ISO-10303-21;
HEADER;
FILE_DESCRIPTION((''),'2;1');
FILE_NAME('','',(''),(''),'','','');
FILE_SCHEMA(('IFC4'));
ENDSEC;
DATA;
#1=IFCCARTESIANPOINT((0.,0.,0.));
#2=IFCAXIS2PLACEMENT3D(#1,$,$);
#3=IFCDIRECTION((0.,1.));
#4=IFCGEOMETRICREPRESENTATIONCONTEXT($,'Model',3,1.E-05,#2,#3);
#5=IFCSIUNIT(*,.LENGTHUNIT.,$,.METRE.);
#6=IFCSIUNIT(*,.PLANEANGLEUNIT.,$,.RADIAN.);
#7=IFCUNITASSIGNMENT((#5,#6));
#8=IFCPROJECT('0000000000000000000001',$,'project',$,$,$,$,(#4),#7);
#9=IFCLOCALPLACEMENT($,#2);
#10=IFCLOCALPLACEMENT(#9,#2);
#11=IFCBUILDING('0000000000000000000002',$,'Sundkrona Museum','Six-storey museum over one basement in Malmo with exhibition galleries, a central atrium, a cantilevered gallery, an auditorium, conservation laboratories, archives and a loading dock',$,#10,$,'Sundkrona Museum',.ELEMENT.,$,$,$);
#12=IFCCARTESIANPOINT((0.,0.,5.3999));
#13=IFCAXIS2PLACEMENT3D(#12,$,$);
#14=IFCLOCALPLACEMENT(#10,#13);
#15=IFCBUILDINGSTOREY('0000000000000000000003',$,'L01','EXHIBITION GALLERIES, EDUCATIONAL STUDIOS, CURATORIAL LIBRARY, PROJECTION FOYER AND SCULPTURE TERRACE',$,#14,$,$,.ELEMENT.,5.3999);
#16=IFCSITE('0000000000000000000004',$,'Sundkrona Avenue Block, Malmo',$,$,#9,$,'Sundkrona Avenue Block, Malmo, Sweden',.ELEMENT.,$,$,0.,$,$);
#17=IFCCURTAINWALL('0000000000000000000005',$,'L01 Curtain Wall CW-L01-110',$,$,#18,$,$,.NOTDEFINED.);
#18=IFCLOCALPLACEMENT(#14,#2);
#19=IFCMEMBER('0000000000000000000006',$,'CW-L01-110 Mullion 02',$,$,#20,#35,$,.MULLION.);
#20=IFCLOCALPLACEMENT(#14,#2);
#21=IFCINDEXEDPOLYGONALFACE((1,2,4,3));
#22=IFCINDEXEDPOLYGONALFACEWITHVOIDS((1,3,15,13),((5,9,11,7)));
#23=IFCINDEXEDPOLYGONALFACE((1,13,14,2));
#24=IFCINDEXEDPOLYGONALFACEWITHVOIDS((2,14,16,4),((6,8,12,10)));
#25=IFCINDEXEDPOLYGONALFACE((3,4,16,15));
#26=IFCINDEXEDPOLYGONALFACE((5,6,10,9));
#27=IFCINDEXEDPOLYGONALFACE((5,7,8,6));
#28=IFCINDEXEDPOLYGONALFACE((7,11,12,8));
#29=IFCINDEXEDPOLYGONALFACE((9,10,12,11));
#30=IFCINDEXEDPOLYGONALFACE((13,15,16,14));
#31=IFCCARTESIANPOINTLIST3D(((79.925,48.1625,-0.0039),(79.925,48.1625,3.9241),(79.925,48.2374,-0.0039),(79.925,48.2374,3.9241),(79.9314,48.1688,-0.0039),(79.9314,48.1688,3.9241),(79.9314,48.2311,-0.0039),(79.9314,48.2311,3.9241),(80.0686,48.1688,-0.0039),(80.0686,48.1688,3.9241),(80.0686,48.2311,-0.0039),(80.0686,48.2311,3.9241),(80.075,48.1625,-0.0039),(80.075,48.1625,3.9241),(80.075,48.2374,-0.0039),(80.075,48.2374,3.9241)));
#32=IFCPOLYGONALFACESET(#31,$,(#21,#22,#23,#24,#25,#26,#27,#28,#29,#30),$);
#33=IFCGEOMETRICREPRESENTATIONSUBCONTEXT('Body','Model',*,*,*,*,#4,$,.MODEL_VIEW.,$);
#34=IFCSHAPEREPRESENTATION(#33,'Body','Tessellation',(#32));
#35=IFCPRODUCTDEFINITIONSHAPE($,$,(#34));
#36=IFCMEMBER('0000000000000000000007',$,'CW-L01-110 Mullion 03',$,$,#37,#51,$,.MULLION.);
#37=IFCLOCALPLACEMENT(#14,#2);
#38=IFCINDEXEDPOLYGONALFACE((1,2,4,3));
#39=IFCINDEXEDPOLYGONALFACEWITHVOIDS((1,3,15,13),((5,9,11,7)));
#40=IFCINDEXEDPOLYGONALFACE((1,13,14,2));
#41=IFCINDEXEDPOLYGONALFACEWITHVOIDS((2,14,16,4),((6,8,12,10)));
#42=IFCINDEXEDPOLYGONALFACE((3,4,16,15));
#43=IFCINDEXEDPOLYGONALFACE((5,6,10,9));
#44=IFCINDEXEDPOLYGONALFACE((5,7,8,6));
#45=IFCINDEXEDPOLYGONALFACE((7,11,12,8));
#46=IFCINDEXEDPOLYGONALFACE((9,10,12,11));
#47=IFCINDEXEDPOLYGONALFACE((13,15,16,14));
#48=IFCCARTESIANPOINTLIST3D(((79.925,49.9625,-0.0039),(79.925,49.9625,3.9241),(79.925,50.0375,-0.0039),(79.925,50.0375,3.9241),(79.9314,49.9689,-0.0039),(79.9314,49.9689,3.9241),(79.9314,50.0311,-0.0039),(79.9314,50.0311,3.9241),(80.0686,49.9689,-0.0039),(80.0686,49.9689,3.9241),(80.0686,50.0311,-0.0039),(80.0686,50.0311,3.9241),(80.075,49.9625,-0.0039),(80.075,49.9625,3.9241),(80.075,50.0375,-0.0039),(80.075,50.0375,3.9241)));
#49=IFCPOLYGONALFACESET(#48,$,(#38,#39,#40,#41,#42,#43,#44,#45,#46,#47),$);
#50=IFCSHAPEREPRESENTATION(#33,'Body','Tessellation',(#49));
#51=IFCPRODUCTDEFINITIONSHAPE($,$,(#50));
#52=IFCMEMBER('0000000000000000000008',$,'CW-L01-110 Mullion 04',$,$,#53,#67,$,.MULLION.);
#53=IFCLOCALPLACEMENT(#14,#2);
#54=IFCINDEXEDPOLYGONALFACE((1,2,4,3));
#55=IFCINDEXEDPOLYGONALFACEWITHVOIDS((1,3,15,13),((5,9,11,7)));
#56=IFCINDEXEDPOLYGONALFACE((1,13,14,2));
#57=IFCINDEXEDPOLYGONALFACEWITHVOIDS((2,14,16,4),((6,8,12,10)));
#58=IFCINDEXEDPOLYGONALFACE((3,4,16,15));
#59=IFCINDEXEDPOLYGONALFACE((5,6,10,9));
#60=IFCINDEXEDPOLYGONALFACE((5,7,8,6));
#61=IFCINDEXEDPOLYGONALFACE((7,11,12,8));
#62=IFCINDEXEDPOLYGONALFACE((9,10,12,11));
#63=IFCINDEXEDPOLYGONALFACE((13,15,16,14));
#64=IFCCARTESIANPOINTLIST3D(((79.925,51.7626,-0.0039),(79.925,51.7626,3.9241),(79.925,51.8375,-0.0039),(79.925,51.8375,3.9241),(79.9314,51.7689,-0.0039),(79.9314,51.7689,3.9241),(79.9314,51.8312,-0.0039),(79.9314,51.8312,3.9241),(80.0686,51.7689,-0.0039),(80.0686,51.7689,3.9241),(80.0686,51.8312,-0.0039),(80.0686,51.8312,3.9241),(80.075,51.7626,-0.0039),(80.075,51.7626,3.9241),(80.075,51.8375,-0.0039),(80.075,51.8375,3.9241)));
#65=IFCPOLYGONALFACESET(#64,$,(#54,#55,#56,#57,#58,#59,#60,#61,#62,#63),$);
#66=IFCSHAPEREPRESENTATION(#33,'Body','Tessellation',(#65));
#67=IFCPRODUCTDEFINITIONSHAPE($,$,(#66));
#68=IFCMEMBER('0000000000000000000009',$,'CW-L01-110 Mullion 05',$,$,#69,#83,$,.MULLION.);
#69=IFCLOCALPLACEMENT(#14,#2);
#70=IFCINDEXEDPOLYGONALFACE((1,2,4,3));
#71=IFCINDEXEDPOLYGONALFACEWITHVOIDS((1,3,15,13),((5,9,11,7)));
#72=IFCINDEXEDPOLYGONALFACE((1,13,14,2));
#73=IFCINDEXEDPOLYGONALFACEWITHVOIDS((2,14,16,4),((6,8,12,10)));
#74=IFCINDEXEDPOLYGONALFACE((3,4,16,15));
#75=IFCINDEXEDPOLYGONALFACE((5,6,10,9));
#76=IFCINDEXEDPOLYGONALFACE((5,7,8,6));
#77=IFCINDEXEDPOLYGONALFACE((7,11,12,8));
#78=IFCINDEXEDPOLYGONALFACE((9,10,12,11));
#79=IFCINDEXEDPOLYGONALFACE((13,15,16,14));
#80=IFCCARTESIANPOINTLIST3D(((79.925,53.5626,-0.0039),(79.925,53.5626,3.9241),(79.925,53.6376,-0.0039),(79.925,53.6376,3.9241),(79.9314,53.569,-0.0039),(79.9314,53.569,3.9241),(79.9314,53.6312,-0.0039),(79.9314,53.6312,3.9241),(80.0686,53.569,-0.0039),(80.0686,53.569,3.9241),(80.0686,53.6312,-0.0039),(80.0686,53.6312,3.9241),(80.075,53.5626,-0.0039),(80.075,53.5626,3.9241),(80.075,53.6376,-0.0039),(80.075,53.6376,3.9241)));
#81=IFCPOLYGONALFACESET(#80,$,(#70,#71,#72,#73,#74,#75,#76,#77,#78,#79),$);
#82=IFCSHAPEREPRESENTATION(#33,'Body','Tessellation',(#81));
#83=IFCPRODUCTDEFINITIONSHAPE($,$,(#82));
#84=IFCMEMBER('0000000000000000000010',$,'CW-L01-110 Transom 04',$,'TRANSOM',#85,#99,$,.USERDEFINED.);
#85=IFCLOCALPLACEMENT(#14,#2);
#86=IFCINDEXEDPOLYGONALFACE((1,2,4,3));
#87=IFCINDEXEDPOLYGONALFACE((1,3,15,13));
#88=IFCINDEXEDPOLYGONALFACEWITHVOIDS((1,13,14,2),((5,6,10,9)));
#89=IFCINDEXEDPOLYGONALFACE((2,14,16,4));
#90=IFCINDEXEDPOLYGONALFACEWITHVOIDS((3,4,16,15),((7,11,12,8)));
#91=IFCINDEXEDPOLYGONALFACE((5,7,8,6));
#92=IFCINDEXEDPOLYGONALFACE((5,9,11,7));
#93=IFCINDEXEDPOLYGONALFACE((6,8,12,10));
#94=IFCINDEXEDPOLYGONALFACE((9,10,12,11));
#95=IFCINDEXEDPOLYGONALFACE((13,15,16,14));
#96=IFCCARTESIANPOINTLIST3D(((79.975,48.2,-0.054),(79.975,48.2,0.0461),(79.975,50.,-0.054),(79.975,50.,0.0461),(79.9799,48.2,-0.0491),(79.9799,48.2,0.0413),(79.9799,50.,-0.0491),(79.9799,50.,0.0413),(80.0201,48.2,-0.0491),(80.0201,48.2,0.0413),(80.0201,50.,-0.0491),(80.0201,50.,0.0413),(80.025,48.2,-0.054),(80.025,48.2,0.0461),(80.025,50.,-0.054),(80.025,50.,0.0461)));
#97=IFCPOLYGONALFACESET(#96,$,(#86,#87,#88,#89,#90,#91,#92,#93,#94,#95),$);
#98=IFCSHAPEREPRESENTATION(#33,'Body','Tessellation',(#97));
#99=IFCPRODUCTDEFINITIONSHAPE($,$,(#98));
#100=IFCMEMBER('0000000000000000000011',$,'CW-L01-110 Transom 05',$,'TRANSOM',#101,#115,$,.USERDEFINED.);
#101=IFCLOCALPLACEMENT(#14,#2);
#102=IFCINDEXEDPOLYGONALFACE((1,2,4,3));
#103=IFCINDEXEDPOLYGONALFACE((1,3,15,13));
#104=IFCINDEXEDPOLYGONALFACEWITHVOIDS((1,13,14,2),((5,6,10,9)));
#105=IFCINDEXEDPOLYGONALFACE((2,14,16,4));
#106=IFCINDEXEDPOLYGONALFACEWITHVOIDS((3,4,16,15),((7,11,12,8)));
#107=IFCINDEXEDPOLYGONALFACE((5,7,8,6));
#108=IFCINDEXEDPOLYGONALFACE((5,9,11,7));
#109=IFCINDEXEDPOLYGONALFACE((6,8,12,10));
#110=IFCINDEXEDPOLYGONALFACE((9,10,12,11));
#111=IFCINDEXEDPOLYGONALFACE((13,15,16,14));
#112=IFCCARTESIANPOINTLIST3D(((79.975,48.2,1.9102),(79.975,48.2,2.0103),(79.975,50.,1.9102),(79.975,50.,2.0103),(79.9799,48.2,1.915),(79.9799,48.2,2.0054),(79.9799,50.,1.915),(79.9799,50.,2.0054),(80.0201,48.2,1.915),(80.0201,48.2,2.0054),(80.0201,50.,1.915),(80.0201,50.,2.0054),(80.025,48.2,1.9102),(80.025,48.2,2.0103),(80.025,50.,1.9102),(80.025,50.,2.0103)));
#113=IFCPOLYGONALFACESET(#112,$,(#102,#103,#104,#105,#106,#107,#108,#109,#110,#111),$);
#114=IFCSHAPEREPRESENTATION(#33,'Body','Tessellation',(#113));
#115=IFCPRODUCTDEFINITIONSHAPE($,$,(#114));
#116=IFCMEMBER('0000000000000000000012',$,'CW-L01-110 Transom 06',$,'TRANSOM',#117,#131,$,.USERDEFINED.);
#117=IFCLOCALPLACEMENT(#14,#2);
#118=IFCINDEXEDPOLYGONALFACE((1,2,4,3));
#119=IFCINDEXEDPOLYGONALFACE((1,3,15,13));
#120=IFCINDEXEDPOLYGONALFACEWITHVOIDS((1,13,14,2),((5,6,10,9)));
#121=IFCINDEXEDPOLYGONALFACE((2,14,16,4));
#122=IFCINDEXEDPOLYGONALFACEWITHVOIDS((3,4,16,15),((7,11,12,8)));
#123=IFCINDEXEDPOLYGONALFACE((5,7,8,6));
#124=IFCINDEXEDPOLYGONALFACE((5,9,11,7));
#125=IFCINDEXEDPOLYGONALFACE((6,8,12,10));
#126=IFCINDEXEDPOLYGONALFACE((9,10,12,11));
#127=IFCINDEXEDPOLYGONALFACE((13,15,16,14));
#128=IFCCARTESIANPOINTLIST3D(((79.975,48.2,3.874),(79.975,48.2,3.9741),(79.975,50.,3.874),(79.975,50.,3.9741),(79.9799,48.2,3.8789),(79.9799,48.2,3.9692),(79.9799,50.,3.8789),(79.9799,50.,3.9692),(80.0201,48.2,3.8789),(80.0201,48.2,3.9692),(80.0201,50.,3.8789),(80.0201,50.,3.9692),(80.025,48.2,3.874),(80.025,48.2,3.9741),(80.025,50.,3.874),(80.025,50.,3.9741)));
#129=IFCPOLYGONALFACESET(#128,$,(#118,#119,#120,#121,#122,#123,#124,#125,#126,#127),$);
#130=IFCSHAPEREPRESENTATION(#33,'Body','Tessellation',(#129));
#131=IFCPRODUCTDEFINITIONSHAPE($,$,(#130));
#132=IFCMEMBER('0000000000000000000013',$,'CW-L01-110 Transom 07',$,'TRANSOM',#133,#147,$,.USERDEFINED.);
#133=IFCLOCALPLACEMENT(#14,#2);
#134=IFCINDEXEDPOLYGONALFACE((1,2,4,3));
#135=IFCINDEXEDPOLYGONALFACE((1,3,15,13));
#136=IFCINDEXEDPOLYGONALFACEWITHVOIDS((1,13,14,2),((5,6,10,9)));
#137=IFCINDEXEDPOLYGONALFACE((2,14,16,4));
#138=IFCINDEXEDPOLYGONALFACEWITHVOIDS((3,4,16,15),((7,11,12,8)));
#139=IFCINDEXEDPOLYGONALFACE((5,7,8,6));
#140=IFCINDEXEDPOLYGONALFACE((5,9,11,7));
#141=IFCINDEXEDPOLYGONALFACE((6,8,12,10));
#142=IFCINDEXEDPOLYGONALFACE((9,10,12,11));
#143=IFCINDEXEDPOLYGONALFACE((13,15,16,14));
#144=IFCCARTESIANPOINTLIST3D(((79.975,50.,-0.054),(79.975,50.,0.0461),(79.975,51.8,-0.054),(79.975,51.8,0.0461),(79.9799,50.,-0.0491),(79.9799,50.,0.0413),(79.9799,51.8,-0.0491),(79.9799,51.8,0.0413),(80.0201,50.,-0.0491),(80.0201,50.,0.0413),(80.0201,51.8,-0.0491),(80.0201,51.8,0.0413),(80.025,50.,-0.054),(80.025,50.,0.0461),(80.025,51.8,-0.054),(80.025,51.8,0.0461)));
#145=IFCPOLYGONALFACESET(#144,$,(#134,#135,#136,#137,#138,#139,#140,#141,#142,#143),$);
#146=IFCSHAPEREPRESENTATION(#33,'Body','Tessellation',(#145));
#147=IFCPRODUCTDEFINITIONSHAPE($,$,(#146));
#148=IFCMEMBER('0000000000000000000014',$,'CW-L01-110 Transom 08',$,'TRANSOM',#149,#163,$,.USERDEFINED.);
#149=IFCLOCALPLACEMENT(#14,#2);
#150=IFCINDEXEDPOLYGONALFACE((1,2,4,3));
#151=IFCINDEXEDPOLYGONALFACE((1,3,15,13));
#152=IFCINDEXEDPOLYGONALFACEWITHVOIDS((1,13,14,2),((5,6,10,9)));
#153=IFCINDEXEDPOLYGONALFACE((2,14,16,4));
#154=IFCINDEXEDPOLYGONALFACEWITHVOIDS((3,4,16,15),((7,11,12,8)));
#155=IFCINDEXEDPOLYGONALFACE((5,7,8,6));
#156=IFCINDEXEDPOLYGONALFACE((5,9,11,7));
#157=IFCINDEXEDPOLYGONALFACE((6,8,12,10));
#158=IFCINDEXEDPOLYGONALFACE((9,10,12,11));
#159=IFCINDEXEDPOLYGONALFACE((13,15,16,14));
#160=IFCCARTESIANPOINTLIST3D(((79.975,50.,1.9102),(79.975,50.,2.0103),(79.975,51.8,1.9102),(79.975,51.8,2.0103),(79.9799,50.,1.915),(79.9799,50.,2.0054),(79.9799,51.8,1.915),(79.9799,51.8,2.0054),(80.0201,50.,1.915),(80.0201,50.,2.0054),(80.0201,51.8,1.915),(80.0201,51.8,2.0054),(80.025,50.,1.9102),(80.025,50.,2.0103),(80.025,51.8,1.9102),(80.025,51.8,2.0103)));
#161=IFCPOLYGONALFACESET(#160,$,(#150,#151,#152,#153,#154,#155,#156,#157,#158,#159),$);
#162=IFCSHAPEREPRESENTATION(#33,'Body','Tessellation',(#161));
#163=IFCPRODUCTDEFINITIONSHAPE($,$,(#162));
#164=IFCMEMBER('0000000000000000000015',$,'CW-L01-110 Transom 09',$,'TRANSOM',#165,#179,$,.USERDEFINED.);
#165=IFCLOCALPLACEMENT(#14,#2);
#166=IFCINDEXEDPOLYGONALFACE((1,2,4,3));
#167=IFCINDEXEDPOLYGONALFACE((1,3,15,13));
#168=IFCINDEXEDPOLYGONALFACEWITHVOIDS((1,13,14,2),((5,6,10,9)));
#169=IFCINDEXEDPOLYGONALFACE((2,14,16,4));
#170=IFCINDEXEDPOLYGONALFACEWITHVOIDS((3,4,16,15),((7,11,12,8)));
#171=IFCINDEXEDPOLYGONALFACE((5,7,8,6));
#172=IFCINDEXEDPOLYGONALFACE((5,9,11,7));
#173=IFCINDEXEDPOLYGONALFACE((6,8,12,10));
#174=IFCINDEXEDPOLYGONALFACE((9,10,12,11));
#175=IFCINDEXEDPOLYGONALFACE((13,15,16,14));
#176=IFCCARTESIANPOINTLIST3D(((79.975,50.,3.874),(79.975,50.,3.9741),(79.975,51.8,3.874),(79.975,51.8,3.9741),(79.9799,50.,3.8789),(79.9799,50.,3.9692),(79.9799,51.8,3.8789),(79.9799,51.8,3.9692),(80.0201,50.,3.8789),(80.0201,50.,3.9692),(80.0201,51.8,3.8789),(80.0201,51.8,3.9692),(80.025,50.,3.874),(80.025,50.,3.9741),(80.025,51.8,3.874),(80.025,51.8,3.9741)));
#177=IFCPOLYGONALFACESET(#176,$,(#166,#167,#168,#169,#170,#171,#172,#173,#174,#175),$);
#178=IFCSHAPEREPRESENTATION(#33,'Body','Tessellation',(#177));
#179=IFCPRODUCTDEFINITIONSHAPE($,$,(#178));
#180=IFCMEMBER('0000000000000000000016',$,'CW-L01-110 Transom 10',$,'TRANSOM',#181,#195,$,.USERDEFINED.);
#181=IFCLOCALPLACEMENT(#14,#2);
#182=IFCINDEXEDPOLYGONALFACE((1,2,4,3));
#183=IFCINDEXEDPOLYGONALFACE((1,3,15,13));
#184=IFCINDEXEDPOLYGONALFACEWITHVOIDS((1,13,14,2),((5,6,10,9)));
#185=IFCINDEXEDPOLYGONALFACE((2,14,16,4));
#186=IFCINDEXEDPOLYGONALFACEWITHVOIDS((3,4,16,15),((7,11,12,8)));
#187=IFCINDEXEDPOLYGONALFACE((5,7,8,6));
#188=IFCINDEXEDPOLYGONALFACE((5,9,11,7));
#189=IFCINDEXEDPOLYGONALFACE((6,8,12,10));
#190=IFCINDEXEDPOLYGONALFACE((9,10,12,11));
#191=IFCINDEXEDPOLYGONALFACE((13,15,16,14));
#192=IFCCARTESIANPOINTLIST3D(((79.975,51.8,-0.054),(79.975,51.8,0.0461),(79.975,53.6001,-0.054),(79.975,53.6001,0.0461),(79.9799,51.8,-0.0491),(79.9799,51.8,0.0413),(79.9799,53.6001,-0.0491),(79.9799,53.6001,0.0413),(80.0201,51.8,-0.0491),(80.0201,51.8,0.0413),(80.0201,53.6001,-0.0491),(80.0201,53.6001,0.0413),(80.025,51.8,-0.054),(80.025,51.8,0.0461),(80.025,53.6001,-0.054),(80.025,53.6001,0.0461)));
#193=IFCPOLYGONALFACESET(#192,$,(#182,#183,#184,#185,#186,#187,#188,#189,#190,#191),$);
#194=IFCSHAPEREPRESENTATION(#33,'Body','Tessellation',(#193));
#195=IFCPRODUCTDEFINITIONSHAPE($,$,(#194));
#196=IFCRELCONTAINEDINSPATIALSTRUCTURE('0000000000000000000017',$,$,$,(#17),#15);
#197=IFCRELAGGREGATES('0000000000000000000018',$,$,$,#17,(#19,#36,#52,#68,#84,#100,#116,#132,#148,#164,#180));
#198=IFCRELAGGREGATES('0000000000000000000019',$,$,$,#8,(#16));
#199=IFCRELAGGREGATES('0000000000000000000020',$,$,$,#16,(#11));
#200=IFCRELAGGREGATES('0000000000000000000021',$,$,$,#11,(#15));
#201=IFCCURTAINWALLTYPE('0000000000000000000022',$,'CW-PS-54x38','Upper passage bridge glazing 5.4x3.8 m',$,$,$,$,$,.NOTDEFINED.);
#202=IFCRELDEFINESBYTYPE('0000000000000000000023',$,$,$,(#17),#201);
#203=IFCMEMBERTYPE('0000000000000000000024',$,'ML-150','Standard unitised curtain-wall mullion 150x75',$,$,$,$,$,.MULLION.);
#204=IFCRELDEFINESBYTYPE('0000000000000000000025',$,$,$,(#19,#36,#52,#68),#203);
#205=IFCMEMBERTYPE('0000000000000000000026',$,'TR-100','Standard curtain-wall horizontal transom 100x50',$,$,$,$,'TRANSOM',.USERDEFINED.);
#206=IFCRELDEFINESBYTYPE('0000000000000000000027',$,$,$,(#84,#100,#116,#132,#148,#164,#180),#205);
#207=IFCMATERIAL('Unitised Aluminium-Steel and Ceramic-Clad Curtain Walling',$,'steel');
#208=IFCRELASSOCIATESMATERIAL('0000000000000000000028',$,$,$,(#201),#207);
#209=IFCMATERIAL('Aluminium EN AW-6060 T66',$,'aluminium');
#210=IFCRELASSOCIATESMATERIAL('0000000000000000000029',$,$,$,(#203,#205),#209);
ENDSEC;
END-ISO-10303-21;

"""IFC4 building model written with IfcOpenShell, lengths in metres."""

from ifc_helpers import new_model, si_unit, direction, frame, origin, origin_2d, place, context, subcontext, project, spatial, hollow_rectangle, extrude, material, material_profile, profile_set, type_object, element, aggregate, save


model = new_model("IFC4")

# Units and contexts
model_context = context("Model", 3, precision=1e-05, world=origin(), true_north=direction((0.0, 1.0)))
body_context = subcontext(model_context, "Body", "Model", "MODEL_VIEW")
ifc_project = project(units=[si_unit("LENGTHUNIT", "METRE"), si_unit("PLANEANGLEUNIT", "RADIAN")], contexts=[model_context])

# Site, building, storey
site_placement = place(None, origin())
site = spatial("IfcSite", under=ifc_project, at=site_placement, Name="Sundkrona Avenue Block, Malmo", LongName="Sundkrona Avenue Block, Malmo, Sweden", CompositionType="ELEMENT", RefElevation=0.0)
building_placement = place(site_placement, origin())
building = spatial("IfcBuilding", under=site, at=building_placement, Name="Sundkrona Museum", Description="Six-storey museum over one basement in Malmo with exhibition galleries, a central atrium, a cantilevered gallery, an auditorium, conservation laboratories, archives and a loading dock", LongName="Sundkrona Museum", CompositionType="ELEMENT")
storey_placement = place(building_placement, frame((0.0, 0.0, 5.3999)))
storey = spatial("IfcBuildingStorey", under=building, at=storey_placement, Name="L01", Description="EXHIBITION GALLERIES, EDUCATIONAL STUDIOS, CURATORIAL LIBRARY, PROJECTION FOYER AND SCULPTURE TERRACE", CompositionType="ELEMENT", Elevation=5.3999)

# Curtain wall, members
ifc_material_1 = material(Name="Unitised Aluminium-Steel and Ceramic-Clad Curtain Walling", Category="steel")
curtain_wall_type = type_object("IfcCurtainWallType", Name="CW-PS-54x38", Description="Upper passage bridge glazing 5.4x3.8 m", PredefinedType="NOTDEFINED", material=ifc_material_1)
curtain_wall_placement = place(storey_placement, origin())
curtain_wall = element("IfcCurtainWall", 1, at=curtain_wall_placement, inside=storey, type_object=curtain_wall_type, Name="L01 Curtain Wall CW-L01-110", PredefinedType="NOTDEFINED")
ifc_material_2 = material(Name="Aluminium EN AW-6060 T66", Category="aluminium")
ifc_material_profile_1 = material_profile(ifc_material_2, hollow_rectangle(XDim=0.075, YDim=0.1499, WallThickness=0.0063, at=origin_2d()), Name="RHS 150x75x6.3")
ifc_profile_set_1 = profile_set([ifc_material_profile_1], Name="Aluminium EN AW-6060 T66")
member_type_1 = type_object("IfcMemberType", Name="ML-150", Description="Standard unitised curtain-wall mullion 150x75", PredefinedType="MULLION", material=ifc_profile_set_1)
member_1_placement = place(storey_placement, frame((80.0, 48.2, -0.0039), z_axis=(0.0, 0.0, 1.0), x_axis=(0.0, 1.0, 0.0)))
member_1 = element("IfcMember", 2, at=member_1_placement, type_object=member_type_1, Name="CW-L01-110 Mullion 02", PredefinedType="MULLION", context=body_context, shape_type="SweptSolid", body=[
    extrude(hollow_rectangle(XDim=0.075, YDim=0.1499, WallThickness=0.0063, at=origin_2d()), origin(), (0.0, 0.0, 1.0), 3.928),
])
member_2_placement = place(storey_placement, frame((80.0, 50.0, -0.0039), z_axis=(0.0, 0.0, 1.0), x_axis=(0.0, 1.0, 0.0)))
member_2 = element("IfcMember", 3, at=member_2_placement, type_object=member_type_1, Name="CW-L01-110 Mullion 03", PredefinedType="MULLION", context=body_context, shape_type="SweptSolid", body=[
    extrude(hollow_rectangle(XDim=0.075, YDim=0.1499, WallThickness=0.0063, at=origin_2d()), origin(), (0.0, 0.0, 1.0), 3.928),
])
member_3_placement = place(storey_placement, frame((80.0, 51.8, -0.0039), z_axis=(0.0, 0.0, 1.0), x_axis=(0.0, 1.0, 0.0)))
member_3 = element("IfcMember", 4, at=member_3_placement, type_object=member_type_1, Name="CW-L01-110 Mullion 04", PredefinedType="MULLION", context=body_context, shape_type="SweptSolid", body=[
    extrude(hollow_rectangle(XDim=0.075, YDim=0.1499, WallThickness=0.0063, at=origin_2d()), origin(), (0.0, 0.0, 1.0), 3.928),
])
member_4_placement = place(storey_placement, frame((80.0, 53.6001, -0.0039), z_axis=(0.0, 0.0, 1.0), x_axis=(0.0, 1.0, 0.0)))
member_4 = element("IfcMember", 5, at=member_4_placement, type_object=member_type_1, Name="CW-L01-110 Mullion 05", PredefinedType="MULLION", context=body_context, shape_type="SweptSolid", body=[
    extrude(hollow_rectangle(XDim=0.075, YDim=0.1499, WallThickness=0.0063, at=origin_2d()), origin(), (0.0, 0.0, 1.0), 3.928),
])
ifc_material_profile_2 = material_profile(ifc_material_2, hollow_rectangle(XDim=0.05, YDim=0.1001, WallThickness=0.0049, at=origin_2d()), Name="RHS 100x50x5.0")
ifc_profile_set_2 = profile_set([ifc_material_profile_2], Name="Aluminium EN AW-6060 T66")
member_type_2 = type_object("IfcMemberType", Name="TR-100", Description="Standard curtain-wall horizontal transom 100x50", ElementType="TRANSOM", PredefinedType="USERDEFINED", material=ifc_profile_set_2)
member_5_placement = place(storey_placement, frame((80.0, 48.2, -0.0039), z_axis=(0.0, 1.0, 0.0), x_axis=(-1.0, 0.0, 0.0)))
member_5 = element("IfcMember", 6, at=member_5_placement, type_object=member_type_2, Name="CW-L01-110 Transom 04", ObjectType="TRANSOM", PredefinedType="USERDEFINED", context=body_context, shape_type="SweptSolid", body=[
    extrude(hollow_rectangle(XDim=0.05, YDim=0.1001, WallThickness=0.0049, at=origin_2d()), origin(), (0.0, 0.0, 1.0), 1.8),
])
member_6_placement = place(storey_placement, frame((80.0, 48.2, 1.9602), z_axis=(0.0, 1.0, 0.0), x_axis=(-1.0, 0.0, 0.0)))
member_6 = element("IfcMember", 7, at=member_6_placement, type_object=member_type_2, Name="CW-L01-110 Transom 05", ObjectType="TRANSOM", PredefinedType="USERDEFINED", context=body_context, shape_type="SweptSolid", body=[
    extrude(hollow_rectangle(XDim=0.05, YDim=0.1001, WallThickness=0.0049, at=origin_2d()), origin(), (0.0, 0.0, 1.0), 1.8),
])
member_7_placement = place(storey_placement, frame((80.0, 48.2, 3.9241), z_axis=(0.0, 1.0, 0.0), x_axis=(-1.0, 0.0, 0.0)))
member_7 = element("IfcMember", 8, at=member_7_placement, type_object=member_type_2, Name="CW-L01-110 Transom 06", ObjectType="TRANSOM", PredefinedType="USERDEFINED", context=body_context, shape_type="SweptSolid", body=[
    extrude(hollow_rectangle(XDim=0.05, YDim=0.1001, WallThickness=0.0049, at=origin_2d()), origin(), (0.0, 0.0, 1.0), 1.8),
])
member_8_placement = place(storey_placement, frame((80.0, 50.0, -0.0039), z_axis=(0.0, 1.0, 0.0), x_axis=(-1.0, 0.0, 0.0)))
member_8 = element("IfcMember", 9, at=member_8_placement, type_object=member_type_2, Name="CW-L01-110 Transom 07", ObjectType="TRANSOM", PredefinedType="USERDEFINED", context=body_context, shape_type="SweptSolid", body=[
    extrude(hollow_rectangle(XDim=0.05, YDim=0.1001, WallThickness=0.0049, at=origin_2d()), origin(), (0.0, 0.0, 1.0), 1.8),
])
member_9_placement = place(storey_placement, frame((80.0, 50.0, 1.9602), z_axis=(0.0, 1.0, 0.0), x_axis=(-1.0, 0.0, 0.0)))
member_9 = element("IfcMember", 10, at=member_9_placement, type_object=member_type_2, Name="CW-L01-110 Transom 08", ObjectType="TRANSOM", PredefinedType="USERDEFINED", context=body_context, shape_type="SweptSolid", body=[
    extrude(hollow_rectangle(XDim=0.05, YDim=0.1001, WallThickness=0.0049, at=origin_2d()), origin(), (0.0, 0.0, 1.0), 1.8),
])
member_10_placement = place(storey_placement, frame((80.0, 50.0, 3.9241), z_axis=(0.0, 1.0, 0.0), x_axis=(-1.0, 0.0, 0.0)))
member_10 = element("IfcMember", 11, at=member_10_placement, type_object=member_type_2, Name="CW-L01-110 Transom 09", ObjectType="TRANSOM", PredefinedType="USERDEFINED", context=body_context, shape_type="SweptSolid", body=[
    extrude(hollow_rectangle(XDim=0.05, YDim=0.1001, WallThickness=0.0049, at=origin_2d()), origin(), (0.0, 0.0, 1.0), 1.8),
])
member_11_placement = place(storey_placement, frame((80.0, 51.8, -0.0039), z_axis=(0.0, 1.0, 0.0), x_axis=(-1.0, 0.0, 0.0)))
member_11 = element("IfcMember", 12, at=member_11_placement, type_object=member_type_2, Name="CW-L01-110 Transom 10", ObjectType="TRANSOM", PredefinedType="USERDEFINED", context=body_context, shape_type="SweptSolid", body=[
    extrude(hollow_rectangle(XDim=0.05, YDim=0.1001, WallThickness=0.0049, at=origin_2d()), origin(), (0.0, 0.0, 1.0), 1.8),
])
aggregate(curtain_wall, [member_1, member_2, member_3, member_4, member_5, member_6, member_7, member_8, member_9, member_10, member_11])

save(model, "model.ifc")
